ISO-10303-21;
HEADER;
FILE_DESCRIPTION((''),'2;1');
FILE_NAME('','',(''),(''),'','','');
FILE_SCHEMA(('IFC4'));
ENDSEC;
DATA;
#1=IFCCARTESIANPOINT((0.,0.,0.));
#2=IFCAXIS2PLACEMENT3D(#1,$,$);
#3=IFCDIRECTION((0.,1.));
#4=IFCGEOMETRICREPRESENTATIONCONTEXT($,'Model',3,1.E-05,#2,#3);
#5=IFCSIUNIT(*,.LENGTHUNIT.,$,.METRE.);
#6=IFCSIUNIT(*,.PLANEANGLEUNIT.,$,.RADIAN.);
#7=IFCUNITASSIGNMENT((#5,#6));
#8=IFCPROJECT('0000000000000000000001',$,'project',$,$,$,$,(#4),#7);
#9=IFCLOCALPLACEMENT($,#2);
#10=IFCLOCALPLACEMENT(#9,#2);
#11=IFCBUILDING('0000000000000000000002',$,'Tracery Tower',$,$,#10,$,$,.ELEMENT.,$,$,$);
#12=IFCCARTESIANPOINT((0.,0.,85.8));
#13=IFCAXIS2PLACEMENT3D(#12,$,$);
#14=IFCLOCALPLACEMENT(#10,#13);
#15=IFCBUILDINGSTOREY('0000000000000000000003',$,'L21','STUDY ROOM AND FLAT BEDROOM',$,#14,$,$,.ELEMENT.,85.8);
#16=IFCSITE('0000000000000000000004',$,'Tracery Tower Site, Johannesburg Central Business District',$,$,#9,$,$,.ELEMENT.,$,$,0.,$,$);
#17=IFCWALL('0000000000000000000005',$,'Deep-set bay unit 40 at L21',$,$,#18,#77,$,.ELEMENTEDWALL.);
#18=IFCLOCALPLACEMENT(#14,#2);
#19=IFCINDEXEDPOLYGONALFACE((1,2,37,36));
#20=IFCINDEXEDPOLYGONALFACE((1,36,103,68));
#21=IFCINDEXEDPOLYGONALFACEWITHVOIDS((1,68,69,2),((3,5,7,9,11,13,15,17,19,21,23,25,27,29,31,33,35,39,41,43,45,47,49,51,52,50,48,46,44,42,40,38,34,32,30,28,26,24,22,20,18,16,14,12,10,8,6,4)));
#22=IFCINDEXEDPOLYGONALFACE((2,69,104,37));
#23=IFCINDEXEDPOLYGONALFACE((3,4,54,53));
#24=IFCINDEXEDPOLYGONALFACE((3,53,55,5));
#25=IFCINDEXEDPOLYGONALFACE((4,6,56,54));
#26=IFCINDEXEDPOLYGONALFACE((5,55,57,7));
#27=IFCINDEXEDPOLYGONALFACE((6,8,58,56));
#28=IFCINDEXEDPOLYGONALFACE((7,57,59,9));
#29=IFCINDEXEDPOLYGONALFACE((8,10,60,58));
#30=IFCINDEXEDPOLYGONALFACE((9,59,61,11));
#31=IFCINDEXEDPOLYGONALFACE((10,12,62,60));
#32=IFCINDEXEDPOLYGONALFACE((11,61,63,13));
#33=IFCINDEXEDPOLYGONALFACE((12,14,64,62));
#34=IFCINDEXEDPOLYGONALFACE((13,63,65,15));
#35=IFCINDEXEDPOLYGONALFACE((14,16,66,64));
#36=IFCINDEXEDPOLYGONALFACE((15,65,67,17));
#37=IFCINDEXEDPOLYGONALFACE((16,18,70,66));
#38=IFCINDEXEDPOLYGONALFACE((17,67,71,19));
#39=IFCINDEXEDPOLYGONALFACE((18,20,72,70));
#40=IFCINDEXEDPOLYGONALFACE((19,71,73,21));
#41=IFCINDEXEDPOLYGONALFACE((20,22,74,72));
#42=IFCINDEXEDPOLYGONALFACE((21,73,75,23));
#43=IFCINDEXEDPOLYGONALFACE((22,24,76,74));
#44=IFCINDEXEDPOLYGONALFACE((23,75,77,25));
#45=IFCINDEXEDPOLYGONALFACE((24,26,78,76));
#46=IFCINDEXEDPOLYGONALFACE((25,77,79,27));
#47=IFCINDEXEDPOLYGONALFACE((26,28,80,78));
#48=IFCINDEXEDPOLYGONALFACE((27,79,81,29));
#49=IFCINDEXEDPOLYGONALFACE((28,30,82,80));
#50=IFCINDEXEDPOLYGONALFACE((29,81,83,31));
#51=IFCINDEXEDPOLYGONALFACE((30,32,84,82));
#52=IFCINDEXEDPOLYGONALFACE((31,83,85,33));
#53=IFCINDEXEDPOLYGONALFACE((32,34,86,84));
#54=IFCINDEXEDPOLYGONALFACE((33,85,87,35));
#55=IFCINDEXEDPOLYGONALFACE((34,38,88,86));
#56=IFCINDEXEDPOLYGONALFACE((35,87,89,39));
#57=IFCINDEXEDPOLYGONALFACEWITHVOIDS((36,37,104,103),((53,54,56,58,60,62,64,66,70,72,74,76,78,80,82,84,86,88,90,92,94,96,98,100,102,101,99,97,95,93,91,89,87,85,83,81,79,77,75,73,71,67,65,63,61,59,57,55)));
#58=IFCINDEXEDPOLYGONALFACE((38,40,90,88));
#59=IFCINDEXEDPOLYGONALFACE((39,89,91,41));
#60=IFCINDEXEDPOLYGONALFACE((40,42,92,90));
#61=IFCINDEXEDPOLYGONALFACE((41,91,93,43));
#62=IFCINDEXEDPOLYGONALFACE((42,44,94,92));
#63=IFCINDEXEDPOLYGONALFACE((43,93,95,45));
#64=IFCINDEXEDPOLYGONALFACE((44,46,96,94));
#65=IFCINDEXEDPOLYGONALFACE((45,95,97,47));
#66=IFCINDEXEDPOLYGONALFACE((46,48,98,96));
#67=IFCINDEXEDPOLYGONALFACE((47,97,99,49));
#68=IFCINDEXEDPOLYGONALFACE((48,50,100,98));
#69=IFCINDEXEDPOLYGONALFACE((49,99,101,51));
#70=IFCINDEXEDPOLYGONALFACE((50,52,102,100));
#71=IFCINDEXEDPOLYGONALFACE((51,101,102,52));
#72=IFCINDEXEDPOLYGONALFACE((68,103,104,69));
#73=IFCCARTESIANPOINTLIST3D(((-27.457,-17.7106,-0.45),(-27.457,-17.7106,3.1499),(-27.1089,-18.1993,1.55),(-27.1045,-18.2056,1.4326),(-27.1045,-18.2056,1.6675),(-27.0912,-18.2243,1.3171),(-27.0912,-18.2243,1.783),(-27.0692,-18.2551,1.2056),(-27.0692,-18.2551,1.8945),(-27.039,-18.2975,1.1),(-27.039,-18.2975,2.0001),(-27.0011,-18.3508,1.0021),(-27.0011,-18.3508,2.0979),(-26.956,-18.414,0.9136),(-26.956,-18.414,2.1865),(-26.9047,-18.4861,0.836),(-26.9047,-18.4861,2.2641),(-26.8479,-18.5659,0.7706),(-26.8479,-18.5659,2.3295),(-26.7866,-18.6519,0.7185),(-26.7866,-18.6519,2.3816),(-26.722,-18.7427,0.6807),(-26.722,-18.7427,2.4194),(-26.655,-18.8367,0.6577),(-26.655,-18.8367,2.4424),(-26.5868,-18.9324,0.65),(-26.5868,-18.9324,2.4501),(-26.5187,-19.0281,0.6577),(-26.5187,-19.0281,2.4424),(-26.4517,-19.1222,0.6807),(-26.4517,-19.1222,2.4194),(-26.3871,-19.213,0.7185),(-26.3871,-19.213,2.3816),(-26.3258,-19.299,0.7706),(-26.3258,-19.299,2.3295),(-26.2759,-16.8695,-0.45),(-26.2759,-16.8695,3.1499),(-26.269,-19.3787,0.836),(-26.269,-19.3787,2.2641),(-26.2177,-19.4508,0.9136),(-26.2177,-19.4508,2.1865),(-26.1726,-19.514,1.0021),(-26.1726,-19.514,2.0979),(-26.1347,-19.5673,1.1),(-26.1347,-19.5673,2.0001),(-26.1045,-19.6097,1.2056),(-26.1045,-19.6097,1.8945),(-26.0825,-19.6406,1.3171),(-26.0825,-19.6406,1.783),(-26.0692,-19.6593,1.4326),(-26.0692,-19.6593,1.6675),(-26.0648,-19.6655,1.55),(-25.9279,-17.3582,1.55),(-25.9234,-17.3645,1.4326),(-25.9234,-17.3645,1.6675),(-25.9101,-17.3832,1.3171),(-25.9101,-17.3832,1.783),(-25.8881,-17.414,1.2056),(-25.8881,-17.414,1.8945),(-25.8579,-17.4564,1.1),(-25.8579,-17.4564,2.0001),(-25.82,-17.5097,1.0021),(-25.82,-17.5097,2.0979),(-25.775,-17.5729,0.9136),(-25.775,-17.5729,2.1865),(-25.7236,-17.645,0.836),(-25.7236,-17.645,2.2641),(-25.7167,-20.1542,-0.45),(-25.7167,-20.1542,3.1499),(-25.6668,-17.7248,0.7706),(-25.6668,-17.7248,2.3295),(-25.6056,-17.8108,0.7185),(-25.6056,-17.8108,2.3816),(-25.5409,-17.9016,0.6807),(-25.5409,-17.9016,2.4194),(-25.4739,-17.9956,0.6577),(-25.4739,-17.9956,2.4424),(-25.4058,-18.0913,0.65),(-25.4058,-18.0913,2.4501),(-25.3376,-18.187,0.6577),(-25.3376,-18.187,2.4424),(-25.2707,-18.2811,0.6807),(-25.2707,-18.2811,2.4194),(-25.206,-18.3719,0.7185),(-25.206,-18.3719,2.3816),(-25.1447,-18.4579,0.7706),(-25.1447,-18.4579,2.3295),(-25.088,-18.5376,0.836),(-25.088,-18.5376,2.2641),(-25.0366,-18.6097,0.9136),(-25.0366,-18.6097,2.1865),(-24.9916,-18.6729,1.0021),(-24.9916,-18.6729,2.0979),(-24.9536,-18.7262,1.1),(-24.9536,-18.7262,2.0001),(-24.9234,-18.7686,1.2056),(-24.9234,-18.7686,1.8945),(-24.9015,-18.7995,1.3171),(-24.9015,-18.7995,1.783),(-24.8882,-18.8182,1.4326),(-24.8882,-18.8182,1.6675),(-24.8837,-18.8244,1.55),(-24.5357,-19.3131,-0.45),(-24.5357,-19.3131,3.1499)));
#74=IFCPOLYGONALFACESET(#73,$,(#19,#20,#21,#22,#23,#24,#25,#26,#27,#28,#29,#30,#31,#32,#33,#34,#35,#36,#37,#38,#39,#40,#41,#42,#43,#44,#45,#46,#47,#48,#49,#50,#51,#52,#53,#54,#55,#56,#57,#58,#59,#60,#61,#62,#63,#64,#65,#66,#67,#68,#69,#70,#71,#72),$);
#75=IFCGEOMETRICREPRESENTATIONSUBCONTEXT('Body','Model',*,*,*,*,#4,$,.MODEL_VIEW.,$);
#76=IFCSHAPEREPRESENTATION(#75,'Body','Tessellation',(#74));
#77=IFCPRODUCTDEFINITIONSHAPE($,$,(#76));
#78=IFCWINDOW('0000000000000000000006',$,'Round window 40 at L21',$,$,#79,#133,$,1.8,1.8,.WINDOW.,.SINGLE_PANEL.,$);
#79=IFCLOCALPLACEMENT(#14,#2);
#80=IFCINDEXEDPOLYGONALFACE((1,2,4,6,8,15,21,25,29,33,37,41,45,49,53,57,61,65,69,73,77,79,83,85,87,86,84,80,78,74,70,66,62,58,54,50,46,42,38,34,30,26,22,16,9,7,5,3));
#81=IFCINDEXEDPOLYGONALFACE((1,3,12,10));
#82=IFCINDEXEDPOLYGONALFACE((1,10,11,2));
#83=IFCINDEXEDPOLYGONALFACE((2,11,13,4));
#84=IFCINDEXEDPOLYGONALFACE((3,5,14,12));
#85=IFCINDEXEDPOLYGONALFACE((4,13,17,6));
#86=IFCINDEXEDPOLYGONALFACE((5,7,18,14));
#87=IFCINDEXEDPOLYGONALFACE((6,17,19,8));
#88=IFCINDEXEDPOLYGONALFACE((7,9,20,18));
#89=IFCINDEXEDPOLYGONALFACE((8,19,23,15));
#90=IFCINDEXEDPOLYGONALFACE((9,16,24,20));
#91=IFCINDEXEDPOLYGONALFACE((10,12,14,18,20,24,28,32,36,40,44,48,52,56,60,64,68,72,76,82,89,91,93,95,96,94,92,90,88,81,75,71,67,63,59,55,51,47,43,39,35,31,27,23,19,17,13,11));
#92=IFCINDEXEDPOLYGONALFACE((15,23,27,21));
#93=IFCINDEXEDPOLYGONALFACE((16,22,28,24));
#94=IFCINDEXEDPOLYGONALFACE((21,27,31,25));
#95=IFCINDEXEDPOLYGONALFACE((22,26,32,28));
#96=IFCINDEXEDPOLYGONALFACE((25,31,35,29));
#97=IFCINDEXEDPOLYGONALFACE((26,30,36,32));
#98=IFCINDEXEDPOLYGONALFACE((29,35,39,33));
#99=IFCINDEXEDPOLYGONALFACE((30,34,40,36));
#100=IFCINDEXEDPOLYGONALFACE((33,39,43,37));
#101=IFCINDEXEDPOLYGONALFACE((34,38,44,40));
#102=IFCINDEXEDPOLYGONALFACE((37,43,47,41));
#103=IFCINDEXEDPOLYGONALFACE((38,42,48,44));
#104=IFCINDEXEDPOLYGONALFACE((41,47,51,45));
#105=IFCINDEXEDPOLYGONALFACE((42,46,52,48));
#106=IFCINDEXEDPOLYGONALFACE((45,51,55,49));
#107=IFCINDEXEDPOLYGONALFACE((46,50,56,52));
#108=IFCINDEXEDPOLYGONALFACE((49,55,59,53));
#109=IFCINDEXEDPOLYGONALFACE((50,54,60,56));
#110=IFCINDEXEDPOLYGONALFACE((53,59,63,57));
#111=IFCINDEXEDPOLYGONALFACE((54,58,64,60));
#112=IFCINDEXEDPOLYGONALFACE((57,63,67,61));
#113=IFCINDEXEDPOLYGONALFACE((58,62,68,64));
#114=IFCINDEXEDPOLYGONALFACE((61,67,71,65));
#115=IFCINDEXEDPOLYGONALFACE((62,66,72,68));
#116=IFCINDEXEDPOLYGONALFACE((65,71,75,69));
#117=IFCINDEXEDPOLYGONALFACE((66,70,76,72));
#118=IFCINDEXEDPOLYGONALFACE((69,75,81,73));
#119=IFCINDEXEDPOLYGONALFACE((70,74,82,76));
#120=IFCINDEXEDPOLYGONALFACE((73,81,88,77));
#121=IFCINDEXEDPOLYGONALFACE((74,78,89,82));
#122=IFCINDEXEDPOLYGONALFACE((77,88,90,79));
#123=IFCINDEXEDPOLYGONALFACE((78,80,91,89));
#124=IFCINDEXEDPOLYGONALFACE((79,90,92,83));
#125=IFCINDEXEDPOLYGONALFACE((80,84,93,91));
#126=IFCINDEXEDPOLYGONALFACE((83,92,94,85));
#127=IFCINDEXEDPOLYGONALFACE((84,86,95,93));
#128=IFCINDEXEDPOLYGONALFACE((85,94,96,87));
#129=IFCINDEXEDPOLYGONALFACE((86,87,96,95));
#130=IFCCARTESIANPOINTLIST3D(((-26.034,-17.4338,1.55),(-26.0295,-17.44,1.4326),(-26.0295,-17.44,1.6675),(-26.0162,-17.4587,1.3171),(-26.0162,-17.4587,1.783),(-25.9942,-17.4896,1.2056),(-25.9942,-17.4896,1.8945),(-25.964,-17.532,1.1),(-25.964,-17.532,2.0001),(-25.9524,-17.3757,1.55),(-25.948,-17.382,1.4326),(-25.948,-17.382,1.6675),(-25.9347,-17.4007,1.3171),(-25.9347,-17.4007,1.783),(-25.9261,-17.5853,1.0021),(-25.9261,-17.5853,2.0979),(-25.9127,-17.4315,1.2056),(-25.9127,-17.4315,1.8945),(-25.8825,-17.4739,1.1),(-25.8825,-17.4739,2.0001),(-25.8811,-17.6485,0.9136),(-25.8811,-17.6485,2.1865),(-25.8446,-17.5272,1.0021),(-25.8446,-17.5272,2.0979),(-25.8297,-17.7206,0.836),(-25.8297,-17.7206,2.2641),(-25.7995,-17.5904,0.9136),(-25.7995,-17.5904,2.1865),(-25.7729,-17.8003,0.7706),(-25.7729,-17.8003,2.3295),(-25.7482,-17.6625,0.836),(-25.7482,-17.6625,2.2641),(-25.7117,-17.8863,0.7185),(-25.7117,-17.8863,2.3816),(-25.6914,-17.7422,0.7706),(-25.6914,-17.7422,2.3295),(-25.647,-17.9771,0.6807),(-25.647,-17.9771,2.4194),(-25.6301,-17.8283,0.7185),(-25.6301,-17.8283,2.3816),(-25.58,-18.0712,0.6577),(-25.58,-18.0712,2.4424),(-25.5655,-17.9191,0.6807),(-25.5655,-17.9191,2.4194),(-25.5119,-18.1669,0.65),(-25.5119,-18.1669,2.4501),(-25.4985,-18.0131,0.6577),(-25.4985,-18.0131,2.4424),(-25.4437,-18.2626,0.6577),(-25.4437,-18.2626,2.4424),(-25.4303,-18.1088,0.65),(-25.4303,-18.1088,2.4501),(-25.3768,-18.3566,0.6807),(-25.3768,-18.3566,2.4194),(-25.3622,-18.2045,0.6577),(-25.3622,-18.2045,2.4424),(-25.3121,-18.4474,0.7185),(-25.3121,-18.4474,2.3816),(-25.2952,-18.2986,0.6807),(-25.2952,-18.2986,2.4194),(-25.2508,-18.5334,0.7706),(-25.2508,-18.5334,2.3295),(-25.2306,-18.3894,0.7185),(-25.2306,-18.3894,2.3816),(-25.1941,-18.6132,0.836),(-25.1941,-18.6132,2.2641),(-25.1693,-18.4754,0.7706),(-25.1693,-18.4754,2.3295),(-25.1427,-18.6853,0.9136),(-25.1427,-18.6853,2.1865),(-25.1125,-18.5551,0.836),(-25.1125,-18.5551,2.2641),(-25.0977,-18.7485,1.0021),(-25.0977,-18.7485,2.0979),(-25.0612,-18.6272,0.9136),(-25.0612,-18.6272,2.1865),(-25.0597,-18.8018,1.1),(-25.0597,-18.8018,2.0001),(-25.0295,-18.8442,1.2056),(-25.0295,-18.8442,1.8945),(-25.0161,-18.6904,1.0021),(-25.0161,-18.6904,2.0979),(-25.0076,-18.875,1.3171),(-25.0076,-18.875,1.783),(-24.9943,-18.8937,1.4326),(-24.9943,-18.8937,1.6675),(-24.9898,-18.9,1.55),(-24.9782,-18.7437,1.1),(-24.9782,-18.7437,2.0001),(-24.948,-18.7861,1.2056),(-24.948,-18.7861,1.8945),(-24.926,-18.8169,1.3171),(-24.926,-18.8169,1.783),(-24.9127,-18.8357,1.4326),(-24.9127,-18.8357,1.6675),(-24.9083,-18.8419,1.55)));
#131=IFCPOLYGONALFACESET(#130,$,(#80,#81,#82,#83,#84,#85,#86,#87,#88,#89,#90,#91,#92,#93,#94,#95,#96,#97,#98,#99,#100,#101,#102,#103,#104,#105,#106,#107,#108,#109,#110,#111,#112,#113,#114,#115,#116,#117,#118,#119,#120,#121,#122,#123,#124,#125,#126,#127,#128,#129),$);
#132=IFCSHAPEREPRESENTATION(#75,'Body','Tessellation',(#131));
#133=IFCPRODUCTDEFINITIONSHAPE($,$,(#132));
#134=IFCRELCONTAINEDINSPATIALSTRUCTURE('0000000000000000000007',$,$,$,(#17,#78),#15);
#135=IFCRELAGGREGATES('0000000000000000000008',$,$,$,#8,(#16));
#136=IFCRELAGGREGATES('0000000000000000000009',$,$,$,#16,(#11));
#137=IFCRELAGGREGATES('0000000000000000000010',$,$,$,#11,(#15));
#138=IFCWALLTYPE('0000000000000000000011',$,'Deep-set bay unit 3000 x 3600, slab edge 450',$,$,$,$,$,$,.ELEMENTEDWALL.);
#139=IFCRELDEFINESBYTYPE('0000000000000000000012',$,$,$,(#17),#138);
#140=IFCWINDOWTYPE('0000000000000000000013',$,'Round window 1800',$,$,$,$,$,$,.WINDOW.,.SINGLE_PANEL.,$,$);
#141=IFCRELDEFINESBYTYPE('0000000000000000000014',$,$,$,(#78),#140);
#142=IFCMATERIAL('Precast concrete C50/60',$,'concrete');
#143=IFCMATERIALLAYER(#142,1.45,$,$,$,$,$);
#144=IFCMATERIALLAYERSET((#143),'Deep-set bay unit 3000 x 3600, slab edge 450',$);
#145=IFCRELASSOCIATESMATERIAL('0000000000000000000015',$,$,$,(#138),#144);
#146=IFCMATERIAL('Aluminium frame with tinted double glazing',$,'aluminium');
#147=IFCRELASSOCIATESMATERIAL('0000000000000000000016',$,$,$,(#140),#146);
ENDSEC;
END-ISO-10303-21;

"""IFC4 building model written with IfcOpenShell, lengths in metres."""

from ifc_helpers import new_model, si_unit, direction, frame, frame_2d, origin, origin_2d, place, context, subcontext, project, spatial, rectangle, circle, extrude, material, layer, layer_set, type_object, element, fill, save


model = new_model("IFC4")

# Units and contexts
model_context = context("Model", 3, precision=1e-05, world=origin(), true_north=direction((0.0, 1.0)))
body_context = subcontext(model_context, "Body", "Model", "MODEL_VIEW")
ifc_project = project(units=[si_unit("LENGTHUNIT", "METRE"), si_unit("PLANEANGLEUNIT", "RADIAN")], contexts=[model_context])

# Site, building, storey
site_placement = place(None, origin())
site = spatial("IfcSite", under=ifc_project, at=site_placement, Name="Tracery Tower Site, Johannesburg Central Business District", CompositionType="ELEMENT", RefElevation=0.0)
building_placement = place(site_placement, origin())
building = spatial("IfcBuilding", under=site, at=building_placement, Name="Tracery Tower", CompositionType="ELEMENT")
storey_placement = place(building_placement, frame((0.0, 0.0, 85.8)))
storey = spatial("IfcBuildingStorey", under=building, at=storey_placement, Name="L21", Description="STUDY ROOM AND FLAT BEDROOM", CompositionType="ELEMENT", Elevation=85.8)

# Wall, opening, window
ifc_material_1 = material(Name="Precast concrete C50/60", Category="concrete")
ifc_layer_1 = layer(ifc_material_1, 1.45)
ifc_layer_set_1 = layer_set([ifc_layer_1], Name="Deep-set bay unit 3000 x 3600, slab edge 450")
wall_type_1 = type_object("IfcWallType", Name="Deep-set bay unit 3000 x 3600, slab edge 450", PredefinedType="ELEMENTEDWALL", material=ifc_layer_set_1)
wall_1_placement = place(storey_placement, frame((-26.8665, -17.29, -0.45), z_axis=(0.0, 0.0, 1.0), x_axis=(0.580091, -0.814552, 0.0)))
wall_1 = element("IfcWall", 1, at=wall_1_placement, inside=storey, type_object=wall_type_1, Name="Deep-set bay unit 40 at L21", PredefinedType="ELEMENTEDWALL", context=body_context, shape_type="SweptSolid", body=[
    extrude(rectangle(XDim=3.0, YDim=1.45, at=frame_2d((1.5, 0.0))), origin(), (0.0, 0.0, 1.0), 3.5999),
])
opening_1_placement = place(wall_1_placement, frame((1.5, 0.0, 2.0)))
opening_1 = element("IfcOpeningElement", 2, at=opening_1_placement, cuts=wall_1, PredefinedType="OPENING", context=body_context, shape_type="SweptSolid", body=[
    extrude(circle(Radius=0.9, at=origin_2d()), frame((0.0, 0.7349, 0.0), z_axis=(0.0, -1.0, 0.0), x_axis=(1.0, 0.0, 0.0)), (0.0, 0.0, 1.0), 1.47),
])
ifc_material_2 = material(Name="Aluminium frame with tinted double glazing", Category="aluminium")
window_type = type_object("IfcWindowType", Name="Round window 1800", PartitioningType="SINGLE_PANEL", PredefinedType="WINDOW", material=ifc_material_2)
window_1_placement = place(opening_1_placement, origin())
window_1 = element("IfcWindow", 3, at=window_1_placement, inside=storey, type_object=window_type, Name="Round window 40 at L21", OverallHeight=1.8, OverallWidth=1.8, PartitioningType="SINGLE_PANEL", PredefinedType="WINDOW", context=body_context, shape_type="SweptSolid", body=[
    extrude(circle(Radius=0.9, at=origin_2d()), frame((0.0, 0.6948, 0.0), z_axis=(0.0, -1.0, 0.0), x_axis=(1.0, 0.0, 0.0)), (0.0, 0.0, 1.0), 0.1001),
])
fill(opening_1, window_1)

save(model, "model.ifc")
